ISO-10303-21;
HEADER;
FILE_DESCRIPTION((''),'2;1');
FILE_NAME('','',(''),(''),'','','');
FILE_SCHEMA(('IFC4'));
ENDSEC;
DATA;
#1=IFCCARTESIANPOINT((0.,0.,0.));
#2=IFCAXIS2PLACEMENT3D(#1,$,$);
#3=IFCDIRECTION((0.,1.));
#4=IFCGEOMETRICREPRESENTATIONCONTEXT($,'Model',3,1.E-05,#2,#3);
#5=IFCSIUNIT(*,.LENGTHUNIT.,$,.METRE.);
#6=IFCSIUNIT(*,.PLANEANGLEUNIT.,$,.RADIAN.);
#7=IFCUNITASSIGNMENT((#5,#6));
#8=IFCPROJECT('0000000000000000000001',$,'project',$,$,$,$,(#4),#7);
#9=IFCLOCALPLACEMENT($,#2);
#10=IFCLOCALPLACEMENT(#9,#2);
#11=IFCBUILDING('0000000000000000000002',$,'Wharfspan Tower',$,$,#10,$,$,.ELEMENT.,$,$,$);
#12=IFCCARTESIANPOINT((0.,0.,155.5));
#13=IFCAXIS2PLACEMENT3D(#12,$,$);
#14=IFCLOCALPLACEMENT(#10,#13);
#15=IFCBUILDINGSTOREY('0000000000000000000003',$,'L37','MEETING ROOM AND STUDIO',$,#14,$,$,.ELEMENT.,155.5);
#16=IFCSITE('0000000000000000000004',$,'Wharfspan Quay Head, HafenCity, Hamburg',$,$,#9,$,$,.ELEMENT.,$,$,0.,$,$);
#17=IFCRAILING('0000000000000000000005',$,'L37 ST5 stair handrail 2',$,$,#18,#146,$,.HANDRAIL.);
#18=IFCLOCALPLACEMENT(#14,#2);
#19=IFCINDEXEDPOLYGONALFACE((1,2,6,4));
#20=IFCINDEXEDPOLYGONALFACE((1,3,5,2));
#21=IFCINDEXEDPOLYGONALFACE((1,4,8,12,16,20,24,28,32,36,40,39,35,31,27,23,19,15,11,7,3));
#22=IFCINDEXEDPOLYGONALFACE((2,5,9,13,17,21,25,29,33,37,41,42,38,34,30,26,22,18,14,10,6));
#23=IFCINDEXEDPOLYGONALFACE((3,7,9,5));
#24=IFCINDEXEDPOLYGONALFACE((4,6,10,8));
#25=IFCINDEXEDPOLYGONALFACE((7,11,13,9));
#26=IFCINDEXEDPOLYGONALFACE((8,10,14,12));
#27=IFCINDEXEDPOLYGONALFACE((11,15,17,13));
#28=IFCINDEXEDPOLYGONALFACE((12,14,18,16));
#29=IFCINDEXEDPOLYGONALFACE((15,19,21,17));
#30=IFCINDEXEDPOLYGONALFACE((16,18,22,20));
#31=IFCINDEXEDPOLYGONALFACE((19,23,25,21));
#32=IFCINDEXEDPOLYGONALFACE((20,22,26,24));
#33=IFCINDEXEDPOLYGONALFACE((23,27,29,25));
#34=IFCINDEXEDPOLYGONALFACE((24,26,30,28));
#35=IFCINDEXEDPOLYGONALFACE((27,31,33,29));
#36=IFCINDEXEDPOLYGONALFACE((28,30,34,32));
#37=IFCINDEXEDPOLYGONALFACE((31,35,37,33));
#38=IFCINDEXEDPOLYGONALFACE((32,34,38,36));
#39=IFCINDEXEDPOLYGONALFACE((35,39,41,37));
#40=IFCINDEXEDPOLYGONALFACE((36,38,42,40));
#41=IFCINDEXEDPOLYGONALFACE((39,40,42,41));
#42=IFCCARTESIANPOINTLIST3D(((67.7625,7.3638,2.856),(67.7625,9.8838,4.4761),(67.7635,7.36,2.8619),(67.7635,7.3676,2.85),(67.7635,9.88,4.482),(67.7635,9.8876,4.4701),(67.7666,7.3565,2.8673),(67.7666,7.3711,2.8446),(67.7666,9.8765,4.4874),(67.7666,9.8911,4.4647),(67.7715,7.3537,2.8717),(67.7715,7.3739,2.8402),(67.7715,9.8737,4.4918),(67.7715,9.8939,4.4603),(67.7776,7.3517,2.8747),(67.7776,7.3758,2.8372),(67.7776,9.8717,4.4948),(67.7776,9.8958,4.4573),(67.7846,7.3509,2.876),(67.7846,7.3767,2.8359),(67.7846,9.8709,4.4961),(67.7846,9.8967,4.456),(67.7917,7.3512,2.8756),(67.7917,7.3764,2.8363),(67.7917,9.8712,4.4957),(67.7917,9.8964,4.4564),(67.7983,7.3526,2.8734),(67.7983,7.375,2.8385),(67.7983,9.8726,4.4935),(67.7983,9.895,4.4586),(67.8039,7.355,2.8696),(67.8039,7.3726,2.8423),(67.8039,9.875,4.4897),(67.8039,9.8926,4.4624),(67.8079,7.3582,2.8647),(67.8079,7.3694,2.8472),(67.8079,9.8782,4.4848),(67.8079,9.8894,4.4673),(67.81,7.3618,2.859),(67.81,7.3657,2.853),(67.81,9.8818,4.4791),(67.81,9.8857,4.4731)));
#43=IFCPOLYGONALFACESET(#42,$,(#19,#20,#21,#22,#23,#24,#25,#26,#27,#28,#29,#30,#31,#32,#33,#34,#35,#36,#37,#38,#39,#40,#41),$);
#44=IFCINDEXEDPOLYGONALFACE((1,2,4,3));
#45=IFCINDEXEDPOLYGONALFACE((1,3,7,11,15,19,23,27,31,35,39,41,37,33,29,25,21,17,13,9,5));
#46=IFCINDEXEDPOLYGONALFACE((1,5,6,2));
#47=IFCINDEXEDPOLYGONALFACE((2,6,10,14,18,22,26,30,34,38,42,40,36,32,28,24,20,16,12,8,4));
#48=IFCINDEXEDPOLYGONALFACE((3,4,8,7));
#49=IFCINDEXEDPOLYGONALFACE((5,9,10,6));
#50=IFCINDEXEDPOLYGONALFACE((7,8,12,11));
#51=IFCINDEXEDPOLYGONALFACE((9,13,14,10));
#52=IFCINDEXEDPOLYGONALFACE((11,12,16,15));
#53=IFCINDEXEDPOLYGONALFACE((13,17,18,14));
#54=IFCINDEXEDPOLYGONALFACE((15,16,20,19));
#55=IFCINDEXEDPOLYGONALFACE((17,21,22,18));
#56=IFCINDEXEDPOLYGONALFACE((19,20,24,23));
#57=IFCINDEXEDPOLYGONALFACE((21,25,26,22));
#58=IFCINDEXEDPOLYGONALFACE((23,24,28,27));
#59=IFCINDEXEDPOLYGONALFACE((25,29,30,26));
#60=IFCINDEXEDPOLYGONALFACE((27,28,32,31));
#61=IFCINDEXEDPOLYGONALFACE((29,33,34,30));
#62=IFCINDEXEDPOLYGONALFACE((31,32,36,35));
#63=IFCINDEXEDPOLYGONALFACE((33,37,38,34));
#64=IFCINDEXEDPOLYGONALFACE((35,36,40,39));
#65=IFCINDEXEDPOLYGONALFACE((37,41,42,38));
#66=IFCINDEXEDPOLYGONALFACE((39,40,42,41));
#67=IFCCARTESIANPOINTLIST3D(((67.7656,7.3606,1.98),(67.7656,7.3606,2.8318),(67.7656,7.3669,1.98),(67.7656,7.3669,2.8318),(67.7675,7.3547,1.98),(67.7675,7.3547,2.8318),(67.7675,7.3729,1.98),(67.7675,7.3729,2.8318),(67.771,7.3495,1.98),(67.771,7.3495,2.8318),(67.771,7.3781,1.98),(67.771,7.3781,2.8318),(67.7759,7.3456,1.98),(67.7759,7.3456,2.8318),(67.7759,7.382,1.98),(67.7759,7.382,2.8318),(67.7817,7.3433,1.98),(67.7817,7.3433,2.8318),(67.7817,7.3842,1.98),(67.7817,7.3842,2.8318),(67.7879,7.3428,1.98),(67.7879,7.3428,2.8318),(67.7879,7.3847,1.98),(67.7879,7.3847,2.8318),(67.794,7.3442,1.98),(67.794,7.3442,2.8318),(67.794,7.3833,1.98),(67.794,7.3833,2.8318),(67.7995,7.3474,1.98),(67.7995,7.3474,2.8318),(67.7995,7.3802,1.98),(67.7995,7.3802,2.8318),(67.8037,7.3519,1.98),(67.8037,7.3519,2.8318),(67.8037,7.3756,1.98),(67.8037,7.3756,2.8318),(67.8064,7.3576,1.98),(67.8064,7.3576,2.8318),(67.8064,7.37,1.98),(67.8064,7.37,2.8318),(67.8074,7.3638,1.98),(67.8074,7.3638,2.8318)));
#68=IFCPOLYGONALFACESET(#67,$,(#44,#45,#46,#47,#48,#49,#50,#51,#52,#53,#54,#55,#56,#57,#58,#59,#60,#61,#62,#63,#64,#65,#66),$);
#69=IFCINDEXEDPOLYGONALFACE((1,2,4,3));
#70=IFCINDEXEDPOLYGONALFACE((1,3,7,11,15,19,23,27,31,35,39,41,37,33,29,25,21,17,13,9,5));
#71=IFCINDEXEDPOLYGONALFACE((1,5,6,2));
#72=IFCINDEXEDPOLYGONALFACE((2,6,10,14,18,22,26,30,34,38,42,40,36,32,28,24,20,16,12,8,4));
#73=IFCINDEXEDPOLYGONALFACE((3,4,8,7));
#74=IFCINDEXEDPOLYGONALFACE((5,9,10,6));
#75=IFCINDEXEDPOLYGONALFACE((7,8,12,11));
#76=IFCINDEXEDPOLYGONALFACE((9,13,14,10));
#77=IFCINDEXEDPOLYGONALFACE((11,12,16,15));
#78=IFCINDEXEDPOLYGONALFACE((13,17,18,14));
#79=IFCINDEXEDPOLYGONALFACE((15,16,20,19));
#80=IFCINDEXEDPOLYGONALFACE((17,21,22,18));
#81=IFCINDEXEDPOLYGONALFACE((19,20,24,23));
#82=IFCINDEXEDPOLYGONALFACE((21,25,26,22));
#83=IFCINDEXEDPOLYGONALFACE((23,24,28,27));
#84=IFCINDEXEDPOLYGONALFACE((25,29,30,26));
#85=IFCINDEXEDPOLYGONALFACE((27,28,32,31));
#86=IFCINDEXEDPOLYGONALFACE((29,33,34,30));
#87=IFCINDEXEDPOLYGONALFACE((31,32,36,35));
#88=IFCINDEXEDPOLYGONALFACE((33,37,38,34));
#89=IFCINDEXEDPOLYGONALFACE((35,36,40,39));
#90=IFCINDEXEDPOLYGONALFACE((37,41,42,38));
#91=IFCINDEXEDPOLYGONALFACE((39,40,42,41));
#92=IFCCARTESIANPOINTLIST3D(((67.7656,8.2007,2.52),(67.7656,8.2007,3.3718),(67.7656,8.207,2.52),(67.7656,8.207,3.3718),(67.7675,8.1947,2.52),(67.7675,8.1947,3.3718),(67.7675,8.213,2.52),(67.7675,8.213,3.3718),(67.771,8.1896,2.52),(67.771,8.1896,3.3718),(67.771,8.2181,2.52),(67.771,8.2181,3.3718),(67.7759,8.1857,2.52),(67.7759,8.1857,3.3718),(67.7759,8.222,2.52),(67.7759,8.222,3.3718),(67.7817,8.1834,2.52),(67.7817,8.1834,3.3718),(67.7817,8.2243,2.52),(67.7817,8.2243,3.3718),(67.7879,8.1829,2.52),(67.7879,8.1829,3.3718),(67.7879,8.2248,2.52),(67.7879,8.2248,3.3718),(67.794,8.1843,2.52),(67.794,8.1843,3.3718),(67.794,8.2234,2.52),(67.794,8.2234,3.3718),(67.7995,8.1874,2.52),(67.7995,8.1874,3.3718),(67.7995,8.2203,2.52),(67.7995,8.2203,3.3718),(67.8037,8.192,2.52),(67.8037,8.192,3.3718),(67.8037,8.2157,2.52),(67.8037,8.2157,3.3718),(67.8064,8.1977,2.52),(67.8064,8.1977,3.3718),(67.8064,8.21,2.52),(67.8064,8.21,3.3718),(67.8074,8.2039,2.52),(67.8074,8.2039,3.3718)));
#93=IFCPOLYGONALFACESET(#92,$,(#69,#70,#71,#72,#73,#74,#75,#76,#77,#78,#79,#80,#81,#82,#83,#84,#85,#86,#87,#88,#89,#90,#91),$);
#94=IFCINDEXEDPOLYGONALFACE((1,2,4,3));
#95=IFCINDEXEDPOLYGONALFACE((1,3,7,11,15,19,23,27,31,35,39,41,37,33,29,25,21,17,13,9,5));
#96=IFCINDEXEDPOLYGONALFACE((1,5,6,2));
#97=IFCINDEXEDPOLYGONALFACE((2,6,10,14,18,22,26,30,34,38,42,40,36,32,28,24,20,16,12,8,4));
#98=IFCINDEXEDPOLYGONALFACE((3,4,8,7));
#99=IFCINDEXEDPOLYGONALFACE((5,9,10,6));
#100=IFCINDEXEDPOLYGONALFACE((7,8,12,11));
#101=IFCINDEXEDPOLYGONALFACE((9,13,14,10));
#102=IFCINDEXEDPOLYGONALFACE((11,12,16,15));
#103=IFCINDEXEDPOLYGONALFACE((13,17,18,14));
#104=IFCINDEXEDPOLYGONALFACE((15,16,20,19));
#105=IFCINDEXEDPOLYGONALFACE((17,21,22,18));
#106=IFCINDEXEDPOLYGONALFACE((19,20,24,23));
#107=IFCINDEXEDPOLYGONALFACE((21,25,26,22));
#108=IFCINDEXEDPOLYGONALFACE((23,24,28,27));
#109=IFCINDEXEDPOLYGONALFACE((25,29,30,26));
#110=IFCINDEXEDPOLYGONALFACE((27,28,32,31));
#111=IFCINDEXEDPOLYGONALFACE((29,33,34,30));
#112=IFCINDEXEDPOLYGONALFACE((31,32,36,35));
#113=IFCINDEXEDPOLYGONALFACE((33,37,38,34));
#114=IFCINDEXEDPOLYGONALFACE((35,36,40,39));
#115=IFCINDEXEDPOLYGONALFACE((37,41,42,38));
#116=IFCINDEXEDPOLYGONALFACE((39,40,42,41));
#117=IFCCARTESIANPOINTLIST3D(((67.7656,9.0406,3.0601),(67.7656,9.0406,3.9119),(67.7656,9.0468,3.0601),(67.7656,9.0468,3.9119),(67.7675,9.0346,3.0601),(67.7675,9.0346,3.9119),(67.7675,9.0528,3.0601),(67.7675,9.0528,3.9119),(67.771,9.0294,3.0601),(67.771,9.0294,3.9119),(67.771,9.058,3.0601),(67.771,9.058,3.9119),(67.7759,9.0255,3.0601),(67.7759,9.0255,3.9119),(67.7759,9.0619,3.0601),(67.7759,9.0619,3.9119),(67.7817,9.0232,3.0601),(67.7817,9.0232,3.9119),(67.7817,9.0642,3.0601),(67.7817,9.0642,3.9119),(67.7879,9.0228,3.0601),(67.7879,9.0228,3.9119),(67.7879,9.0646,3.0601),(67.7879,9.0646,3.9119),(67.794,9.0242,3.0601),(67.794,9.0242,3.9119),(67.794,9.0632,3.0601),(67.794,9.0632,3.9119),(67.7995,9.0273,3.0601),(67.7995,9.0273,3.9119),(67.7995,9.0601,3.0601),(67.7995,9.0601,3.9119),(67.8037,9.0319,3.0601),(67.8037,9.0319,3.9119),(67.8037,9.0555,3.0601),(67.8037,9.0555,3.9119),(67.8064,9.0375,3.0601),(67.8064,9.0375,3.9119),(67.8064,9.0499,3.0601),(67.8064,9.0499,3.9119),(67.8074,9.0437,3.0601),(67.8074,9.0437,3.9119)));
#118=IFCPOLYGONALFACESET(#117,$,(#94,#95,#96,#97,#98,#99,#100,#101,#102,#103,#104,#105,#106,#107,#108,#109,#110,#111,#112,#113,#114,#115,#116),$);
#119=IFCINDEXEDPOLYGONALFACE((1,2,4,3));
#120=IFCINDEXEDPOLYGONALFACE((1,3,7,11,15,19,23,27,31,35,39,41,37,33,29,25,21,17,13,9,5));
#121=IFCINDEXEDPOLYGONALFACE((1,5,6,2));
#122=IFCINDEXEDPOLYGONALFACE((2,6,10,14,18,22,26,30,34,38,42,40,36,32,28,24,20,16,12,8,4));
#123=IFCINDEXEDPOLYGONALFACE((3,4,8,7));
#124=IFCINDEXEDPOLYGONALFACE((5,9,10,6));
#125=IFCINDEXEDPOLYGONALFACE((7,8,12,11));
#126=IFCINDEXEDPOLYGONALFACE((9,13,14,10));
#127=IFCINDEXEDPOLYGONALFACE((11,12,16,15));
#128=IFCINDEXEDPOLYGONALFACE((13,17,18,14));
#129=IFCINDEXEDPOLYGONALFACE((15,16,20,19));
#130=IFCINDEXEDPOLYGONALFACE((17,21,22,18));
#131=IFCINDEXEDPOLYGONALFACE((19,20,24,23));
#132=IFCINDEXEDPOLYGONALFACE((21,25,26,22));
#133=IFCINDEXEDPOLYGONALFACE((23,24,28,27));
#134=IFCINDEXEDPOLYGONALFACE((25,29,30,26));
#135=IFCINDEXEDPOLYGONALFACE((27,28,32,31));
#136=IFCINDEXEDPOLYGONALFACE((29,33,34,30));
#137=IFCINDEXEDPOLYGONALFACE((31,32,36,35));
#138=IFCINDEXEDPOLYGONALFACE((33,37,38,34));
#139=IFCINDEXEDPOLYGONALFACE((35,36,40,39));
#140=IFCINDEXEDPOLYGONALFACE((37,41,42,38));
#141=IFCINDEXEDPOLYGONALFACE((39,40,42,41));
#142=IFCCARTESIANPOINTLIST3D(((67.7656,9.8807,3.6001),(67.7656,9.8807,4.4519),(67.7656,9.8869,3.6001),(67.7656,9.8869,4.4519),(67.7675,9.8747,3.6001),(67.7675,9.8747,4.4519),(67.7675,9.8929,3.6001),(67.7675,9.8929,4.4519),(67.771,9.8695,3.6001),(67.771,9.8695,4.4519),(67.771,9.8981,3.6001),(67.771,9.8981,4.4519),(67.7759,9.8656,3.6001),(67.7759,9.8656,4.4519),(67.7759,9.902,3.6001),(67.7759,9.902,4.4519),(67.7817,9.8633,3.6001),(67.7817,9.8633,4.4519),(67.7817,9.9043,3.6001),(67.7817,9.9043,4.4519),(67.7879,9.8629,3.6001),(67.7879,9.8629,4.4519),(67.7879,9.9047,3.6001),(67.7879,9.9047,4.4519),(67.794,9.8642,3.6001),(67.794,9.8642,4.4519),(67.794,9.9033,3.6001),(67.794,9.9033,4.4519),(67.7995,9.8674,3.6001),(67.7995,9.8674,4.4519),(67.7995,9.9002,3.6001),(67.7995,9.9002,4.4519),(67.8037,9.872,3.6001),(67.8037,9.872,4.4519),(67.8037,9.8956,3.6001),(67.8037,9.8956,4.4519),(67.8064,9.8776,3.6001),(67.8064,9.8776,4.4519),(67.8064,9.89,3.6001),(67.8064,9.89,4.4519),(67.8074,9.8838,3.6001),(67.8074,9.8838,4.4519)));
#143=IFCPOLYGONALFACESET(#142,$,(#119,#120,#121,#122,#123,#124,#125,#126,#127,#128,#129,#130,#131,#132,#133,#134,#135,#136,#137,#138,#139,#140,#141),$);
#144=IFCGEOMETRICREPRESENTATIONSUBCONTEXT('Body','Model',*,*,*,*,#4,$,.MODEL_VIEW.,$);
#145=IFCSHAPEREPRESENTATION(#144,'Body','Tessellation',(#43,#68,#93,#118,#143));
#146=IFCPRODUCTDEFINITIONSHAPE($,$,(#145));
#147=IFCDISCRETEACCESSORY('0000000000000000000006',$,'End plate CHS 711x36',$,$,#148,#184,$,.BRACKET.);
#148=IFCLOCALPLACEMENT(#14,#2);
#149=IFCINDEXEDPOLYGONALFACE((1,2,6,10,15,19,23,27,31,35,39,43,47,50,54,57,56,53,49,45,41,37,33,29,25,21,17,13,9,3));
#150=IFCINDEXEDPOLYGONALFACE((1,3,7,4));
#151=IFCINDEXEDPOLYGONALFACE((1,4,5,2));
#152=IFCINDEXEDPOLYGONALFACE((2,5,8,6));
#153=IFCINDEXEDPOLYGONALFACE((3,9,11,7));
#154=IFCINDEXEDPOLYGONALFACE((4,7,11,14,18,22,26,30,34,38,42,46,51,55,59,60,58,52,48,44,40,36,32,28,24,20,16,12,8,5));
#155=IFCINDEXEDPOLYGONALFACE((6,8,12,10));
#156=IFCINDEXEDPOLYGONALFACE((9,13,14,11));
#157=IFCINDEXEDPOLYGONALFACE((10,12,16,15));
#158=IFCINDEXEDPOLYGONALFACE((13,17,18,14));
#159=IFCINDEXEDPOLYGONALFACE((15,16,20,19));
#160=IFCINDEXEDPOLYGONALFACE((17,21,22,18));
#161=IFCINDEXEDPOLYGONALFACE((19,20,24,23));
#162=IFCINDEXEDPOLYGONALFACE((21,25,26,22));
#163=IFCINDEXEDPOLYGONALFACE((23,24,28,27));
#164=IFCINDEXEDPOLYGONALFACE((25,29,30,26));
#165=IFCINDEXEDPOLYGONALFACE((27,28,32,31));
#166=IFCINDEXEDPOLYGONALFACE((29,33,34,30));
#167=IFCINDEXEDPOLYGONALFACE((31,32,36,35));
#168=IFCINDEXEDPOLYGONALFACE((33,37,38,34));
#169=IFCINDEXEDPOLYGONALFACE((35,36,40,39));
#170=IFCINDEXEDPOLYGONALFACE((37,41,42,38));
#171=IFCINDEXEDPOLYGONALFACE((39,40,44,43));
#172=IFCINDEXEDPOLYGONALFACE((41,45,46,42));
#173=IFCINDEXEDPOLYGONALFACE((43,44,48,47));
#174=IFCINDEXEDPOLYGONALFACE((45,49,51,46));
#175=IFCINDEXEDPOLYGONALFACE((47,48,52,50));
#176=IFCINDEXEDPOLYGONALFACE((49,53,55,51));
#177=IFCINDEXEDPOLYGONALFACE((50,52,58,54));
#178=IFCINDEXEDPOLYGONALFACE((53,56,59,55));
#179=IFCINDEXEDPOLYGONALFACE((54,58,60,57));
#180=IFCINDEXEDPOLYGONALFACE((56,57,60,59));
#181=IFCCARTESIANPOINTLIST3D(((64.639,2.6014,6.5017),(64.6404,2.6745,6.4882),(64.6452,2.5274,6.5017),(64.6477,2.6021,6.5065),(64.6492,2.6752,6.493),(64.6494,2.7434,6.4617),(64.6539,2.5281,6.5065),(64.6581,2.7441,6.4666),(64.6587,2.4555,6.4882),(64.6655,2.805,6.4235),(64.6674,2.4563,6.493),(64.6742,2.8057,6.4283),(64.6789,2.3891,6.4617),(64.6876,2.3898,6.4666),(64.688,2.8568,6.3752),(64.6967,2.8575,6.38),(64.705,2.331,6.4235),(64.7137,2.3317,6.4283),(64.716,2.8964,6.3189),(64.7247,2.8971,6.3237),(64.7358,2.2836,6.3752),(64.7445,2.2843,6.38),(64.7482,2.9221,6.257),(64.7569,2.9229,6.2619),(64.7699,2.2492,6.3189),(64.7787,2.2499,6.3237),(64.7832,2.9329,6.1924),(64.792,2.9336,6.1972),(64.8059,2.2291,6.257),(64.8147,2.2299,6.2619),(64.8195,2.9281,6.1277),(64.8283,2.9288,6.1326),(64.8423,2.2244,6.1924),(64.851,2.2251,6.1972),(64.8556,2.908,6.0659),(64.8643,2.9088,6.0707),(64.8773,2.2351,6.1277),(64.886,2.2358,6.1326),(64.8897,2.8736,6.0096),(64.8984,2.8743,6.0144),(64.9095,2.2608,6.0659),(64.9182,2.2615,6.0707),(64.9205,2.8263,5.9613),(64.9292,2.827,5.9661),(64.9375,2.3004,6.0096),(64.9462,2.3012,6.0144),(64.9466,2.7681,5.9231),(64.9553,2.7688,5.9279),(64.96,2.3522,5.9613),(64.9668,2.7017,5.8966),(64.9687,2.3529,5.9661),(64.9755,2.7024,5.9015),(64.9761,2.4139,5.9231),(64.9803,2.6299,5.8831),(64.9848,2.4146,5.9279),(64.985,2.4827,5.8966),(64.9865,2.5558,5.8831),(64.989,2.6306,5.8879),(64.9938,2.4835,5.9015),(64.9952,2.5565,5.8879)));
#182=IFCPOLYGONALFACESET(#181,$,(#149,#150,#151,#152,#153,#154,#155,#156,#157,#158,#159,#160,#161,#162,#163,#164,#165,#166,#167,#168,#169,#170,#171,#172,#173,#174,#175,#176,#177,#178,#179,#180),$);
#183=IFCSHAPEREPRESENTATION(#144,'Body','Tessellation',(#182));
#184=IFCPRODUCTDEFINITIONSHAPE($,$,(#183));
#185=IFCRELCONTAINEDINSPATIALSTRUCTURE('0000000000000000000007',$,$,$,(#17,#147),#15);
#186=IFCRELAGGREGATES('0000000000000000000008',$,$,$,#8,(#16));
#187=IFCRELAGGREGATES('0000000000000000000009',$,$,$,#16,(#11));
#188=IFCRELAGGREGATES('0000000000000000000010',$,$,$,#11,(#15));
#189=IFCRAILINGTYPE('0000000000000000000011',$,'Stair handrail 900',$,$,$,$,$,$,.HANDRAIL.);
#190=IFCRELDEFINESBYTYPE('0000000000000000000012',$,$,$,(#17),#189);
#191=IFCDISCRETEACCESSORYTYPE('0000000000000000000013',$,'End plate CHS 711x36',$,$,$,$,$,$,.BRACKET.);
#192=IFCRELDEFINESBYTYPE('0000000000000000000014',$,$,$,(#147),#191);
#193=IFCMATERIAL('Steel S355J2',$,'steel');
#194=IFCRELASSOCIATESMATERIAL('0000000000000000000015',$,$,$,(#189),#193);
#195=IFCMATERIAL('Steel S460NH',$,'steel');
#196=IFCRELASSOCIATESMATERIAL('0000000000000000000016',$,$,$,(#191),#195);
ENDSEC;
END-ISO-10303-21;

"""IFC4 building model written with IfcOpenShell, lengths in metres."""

from ifc_helpers import new_model, si_unit, direction, frame, origin, origin_2d, place, context, subcontext, project, spatial, circle, extrude, material, material_profile, profile_set, type_object, element, save


model = new_model("IFC4")

# Units and contexts
model_context = context("Model", 3, precision=1e-05, world=origin(), true_north=direction((0.0, 1.0)))
body_context = subcontext(model_context, "Body", "Model", "MODEL_VIEW")
ifc_project = project(units=[si_unit("LENGTHUNIT", "METRE"), si_unit("PLANEANGLEUNIT", "RADIAN")], contexts=[model_context])

# Site, building, storey
site_placement = place(None, origin())
site = spatial("IfcSite", under=ifc_project, at=site_placement, Name="Wharfspan Quay Head, HafenCity, Hamburg", CompositionType="ELEMENT", RefElevation=0.0)
building_placement = place(site_placement, origin())
building = spatial("IfcBuilding", under=site, at=building_placement, Name="Wharfspan Tower", CompositionType="ELEMENT")
storey_placement = place(building_placement, frame((0.0, 0.0, 155.5)))
storey = spatial("IfcBuildingStorey", under=building, at=storey_placement, Name="L37", Description="MEETING ROOM AND STUDIO", CompositionType="ELEMENT", Elevation=155.5)

# Shared definitions
ifc_material_1 = material(Name="Steel S355J2", Category="steel")

# Shared definitions
ifc_material_2 = material(Name="Steel S460NH", Category="steel")

# Railing
railing_type_1 = type_object("IfcRailingType", Name="Stair handrail 900", PredefinedType="HANDRAIL", material=ifc_material_1)
railing_1_placement = place(storey_placement, frame((67.7864, 7.3638, 1.98)))
element("IfcRailing", 1, at=railing_1_placement, inside=storey, type_object=railing_type_1, Name="L37 ST5 stair handrail 2", PredefinedType="HANDRAIL", context=body_context, shape_type="SweptSolid", body=[
    extrude(circle(Radius=0.0239, at=origin_2d()), frame((0.0, 0.0, 0.876), z_axis=(0.0, 0.841163, 0.540782), x_axis=(-1.0, 0.0, 0.0)), (0.0, 0.0, 1.0), 2.9958),
    extrude(circle(Radius=0.021, at=origin_2d()), origin(), (0.0, 0.0, 1.0), 0.8518),
    extrude(circle(Radius=0.021, at=origin_2d()), frame((0.0, 0.8401, 0.54)), (0.0, 0.0, 1.0), 0.8518),
    extrude(circle(Radius=0.021, at=origin_2d()), frame((0.0, 1.6799, 1.0801)), (0.0, 0.0, 1.0), 0.8518),
    extrude(circle(Radius=0.021, at=origin_2d()), frame((0.0, 2.52, 1.6201)), (0.0, 0.0, 1.0), 0.8518),
])

# Discrete accessory
ifc_material_profile_1 = material_profile(ifc_material_2, circle(Radius=0.3555, at=origin_2d()))
ifc_profile_set_1 = profile_set([ifc_material_profile_1], Name="Steel S460NH")
discrete_accessory_type = type_object("IfcDiscreteAccessoryType", Name="End plate CHS 711x36", PredefinedType="BRACKET", material=ifc_profile_set_1)
for number, where, z_axis, x_axis, name in (
    (2, (64.8127, 2.5786, 6.1924), (0.871847, 0.072654, 0.484359), (-0.083044, 0.996547, -0.000003), "End plate CHS 711x36"),
):
    element("IfcDiscreteAccessory", number, at=place(storey_placement, frame(where, z_axis=z_axis, x_axis=x_axis)), inside=storey, type_object=discrete_accessory_type, Name=name, PredefinedType="BRACKET", context=body_context, shape_type="SweptSolid", body=[
        extrude(circle(Radius=0.3555, at=origin_2d()), origin(), (0.0, 0.0, 1.0), 0.01),
    ])

save(model, "model.ifc")
